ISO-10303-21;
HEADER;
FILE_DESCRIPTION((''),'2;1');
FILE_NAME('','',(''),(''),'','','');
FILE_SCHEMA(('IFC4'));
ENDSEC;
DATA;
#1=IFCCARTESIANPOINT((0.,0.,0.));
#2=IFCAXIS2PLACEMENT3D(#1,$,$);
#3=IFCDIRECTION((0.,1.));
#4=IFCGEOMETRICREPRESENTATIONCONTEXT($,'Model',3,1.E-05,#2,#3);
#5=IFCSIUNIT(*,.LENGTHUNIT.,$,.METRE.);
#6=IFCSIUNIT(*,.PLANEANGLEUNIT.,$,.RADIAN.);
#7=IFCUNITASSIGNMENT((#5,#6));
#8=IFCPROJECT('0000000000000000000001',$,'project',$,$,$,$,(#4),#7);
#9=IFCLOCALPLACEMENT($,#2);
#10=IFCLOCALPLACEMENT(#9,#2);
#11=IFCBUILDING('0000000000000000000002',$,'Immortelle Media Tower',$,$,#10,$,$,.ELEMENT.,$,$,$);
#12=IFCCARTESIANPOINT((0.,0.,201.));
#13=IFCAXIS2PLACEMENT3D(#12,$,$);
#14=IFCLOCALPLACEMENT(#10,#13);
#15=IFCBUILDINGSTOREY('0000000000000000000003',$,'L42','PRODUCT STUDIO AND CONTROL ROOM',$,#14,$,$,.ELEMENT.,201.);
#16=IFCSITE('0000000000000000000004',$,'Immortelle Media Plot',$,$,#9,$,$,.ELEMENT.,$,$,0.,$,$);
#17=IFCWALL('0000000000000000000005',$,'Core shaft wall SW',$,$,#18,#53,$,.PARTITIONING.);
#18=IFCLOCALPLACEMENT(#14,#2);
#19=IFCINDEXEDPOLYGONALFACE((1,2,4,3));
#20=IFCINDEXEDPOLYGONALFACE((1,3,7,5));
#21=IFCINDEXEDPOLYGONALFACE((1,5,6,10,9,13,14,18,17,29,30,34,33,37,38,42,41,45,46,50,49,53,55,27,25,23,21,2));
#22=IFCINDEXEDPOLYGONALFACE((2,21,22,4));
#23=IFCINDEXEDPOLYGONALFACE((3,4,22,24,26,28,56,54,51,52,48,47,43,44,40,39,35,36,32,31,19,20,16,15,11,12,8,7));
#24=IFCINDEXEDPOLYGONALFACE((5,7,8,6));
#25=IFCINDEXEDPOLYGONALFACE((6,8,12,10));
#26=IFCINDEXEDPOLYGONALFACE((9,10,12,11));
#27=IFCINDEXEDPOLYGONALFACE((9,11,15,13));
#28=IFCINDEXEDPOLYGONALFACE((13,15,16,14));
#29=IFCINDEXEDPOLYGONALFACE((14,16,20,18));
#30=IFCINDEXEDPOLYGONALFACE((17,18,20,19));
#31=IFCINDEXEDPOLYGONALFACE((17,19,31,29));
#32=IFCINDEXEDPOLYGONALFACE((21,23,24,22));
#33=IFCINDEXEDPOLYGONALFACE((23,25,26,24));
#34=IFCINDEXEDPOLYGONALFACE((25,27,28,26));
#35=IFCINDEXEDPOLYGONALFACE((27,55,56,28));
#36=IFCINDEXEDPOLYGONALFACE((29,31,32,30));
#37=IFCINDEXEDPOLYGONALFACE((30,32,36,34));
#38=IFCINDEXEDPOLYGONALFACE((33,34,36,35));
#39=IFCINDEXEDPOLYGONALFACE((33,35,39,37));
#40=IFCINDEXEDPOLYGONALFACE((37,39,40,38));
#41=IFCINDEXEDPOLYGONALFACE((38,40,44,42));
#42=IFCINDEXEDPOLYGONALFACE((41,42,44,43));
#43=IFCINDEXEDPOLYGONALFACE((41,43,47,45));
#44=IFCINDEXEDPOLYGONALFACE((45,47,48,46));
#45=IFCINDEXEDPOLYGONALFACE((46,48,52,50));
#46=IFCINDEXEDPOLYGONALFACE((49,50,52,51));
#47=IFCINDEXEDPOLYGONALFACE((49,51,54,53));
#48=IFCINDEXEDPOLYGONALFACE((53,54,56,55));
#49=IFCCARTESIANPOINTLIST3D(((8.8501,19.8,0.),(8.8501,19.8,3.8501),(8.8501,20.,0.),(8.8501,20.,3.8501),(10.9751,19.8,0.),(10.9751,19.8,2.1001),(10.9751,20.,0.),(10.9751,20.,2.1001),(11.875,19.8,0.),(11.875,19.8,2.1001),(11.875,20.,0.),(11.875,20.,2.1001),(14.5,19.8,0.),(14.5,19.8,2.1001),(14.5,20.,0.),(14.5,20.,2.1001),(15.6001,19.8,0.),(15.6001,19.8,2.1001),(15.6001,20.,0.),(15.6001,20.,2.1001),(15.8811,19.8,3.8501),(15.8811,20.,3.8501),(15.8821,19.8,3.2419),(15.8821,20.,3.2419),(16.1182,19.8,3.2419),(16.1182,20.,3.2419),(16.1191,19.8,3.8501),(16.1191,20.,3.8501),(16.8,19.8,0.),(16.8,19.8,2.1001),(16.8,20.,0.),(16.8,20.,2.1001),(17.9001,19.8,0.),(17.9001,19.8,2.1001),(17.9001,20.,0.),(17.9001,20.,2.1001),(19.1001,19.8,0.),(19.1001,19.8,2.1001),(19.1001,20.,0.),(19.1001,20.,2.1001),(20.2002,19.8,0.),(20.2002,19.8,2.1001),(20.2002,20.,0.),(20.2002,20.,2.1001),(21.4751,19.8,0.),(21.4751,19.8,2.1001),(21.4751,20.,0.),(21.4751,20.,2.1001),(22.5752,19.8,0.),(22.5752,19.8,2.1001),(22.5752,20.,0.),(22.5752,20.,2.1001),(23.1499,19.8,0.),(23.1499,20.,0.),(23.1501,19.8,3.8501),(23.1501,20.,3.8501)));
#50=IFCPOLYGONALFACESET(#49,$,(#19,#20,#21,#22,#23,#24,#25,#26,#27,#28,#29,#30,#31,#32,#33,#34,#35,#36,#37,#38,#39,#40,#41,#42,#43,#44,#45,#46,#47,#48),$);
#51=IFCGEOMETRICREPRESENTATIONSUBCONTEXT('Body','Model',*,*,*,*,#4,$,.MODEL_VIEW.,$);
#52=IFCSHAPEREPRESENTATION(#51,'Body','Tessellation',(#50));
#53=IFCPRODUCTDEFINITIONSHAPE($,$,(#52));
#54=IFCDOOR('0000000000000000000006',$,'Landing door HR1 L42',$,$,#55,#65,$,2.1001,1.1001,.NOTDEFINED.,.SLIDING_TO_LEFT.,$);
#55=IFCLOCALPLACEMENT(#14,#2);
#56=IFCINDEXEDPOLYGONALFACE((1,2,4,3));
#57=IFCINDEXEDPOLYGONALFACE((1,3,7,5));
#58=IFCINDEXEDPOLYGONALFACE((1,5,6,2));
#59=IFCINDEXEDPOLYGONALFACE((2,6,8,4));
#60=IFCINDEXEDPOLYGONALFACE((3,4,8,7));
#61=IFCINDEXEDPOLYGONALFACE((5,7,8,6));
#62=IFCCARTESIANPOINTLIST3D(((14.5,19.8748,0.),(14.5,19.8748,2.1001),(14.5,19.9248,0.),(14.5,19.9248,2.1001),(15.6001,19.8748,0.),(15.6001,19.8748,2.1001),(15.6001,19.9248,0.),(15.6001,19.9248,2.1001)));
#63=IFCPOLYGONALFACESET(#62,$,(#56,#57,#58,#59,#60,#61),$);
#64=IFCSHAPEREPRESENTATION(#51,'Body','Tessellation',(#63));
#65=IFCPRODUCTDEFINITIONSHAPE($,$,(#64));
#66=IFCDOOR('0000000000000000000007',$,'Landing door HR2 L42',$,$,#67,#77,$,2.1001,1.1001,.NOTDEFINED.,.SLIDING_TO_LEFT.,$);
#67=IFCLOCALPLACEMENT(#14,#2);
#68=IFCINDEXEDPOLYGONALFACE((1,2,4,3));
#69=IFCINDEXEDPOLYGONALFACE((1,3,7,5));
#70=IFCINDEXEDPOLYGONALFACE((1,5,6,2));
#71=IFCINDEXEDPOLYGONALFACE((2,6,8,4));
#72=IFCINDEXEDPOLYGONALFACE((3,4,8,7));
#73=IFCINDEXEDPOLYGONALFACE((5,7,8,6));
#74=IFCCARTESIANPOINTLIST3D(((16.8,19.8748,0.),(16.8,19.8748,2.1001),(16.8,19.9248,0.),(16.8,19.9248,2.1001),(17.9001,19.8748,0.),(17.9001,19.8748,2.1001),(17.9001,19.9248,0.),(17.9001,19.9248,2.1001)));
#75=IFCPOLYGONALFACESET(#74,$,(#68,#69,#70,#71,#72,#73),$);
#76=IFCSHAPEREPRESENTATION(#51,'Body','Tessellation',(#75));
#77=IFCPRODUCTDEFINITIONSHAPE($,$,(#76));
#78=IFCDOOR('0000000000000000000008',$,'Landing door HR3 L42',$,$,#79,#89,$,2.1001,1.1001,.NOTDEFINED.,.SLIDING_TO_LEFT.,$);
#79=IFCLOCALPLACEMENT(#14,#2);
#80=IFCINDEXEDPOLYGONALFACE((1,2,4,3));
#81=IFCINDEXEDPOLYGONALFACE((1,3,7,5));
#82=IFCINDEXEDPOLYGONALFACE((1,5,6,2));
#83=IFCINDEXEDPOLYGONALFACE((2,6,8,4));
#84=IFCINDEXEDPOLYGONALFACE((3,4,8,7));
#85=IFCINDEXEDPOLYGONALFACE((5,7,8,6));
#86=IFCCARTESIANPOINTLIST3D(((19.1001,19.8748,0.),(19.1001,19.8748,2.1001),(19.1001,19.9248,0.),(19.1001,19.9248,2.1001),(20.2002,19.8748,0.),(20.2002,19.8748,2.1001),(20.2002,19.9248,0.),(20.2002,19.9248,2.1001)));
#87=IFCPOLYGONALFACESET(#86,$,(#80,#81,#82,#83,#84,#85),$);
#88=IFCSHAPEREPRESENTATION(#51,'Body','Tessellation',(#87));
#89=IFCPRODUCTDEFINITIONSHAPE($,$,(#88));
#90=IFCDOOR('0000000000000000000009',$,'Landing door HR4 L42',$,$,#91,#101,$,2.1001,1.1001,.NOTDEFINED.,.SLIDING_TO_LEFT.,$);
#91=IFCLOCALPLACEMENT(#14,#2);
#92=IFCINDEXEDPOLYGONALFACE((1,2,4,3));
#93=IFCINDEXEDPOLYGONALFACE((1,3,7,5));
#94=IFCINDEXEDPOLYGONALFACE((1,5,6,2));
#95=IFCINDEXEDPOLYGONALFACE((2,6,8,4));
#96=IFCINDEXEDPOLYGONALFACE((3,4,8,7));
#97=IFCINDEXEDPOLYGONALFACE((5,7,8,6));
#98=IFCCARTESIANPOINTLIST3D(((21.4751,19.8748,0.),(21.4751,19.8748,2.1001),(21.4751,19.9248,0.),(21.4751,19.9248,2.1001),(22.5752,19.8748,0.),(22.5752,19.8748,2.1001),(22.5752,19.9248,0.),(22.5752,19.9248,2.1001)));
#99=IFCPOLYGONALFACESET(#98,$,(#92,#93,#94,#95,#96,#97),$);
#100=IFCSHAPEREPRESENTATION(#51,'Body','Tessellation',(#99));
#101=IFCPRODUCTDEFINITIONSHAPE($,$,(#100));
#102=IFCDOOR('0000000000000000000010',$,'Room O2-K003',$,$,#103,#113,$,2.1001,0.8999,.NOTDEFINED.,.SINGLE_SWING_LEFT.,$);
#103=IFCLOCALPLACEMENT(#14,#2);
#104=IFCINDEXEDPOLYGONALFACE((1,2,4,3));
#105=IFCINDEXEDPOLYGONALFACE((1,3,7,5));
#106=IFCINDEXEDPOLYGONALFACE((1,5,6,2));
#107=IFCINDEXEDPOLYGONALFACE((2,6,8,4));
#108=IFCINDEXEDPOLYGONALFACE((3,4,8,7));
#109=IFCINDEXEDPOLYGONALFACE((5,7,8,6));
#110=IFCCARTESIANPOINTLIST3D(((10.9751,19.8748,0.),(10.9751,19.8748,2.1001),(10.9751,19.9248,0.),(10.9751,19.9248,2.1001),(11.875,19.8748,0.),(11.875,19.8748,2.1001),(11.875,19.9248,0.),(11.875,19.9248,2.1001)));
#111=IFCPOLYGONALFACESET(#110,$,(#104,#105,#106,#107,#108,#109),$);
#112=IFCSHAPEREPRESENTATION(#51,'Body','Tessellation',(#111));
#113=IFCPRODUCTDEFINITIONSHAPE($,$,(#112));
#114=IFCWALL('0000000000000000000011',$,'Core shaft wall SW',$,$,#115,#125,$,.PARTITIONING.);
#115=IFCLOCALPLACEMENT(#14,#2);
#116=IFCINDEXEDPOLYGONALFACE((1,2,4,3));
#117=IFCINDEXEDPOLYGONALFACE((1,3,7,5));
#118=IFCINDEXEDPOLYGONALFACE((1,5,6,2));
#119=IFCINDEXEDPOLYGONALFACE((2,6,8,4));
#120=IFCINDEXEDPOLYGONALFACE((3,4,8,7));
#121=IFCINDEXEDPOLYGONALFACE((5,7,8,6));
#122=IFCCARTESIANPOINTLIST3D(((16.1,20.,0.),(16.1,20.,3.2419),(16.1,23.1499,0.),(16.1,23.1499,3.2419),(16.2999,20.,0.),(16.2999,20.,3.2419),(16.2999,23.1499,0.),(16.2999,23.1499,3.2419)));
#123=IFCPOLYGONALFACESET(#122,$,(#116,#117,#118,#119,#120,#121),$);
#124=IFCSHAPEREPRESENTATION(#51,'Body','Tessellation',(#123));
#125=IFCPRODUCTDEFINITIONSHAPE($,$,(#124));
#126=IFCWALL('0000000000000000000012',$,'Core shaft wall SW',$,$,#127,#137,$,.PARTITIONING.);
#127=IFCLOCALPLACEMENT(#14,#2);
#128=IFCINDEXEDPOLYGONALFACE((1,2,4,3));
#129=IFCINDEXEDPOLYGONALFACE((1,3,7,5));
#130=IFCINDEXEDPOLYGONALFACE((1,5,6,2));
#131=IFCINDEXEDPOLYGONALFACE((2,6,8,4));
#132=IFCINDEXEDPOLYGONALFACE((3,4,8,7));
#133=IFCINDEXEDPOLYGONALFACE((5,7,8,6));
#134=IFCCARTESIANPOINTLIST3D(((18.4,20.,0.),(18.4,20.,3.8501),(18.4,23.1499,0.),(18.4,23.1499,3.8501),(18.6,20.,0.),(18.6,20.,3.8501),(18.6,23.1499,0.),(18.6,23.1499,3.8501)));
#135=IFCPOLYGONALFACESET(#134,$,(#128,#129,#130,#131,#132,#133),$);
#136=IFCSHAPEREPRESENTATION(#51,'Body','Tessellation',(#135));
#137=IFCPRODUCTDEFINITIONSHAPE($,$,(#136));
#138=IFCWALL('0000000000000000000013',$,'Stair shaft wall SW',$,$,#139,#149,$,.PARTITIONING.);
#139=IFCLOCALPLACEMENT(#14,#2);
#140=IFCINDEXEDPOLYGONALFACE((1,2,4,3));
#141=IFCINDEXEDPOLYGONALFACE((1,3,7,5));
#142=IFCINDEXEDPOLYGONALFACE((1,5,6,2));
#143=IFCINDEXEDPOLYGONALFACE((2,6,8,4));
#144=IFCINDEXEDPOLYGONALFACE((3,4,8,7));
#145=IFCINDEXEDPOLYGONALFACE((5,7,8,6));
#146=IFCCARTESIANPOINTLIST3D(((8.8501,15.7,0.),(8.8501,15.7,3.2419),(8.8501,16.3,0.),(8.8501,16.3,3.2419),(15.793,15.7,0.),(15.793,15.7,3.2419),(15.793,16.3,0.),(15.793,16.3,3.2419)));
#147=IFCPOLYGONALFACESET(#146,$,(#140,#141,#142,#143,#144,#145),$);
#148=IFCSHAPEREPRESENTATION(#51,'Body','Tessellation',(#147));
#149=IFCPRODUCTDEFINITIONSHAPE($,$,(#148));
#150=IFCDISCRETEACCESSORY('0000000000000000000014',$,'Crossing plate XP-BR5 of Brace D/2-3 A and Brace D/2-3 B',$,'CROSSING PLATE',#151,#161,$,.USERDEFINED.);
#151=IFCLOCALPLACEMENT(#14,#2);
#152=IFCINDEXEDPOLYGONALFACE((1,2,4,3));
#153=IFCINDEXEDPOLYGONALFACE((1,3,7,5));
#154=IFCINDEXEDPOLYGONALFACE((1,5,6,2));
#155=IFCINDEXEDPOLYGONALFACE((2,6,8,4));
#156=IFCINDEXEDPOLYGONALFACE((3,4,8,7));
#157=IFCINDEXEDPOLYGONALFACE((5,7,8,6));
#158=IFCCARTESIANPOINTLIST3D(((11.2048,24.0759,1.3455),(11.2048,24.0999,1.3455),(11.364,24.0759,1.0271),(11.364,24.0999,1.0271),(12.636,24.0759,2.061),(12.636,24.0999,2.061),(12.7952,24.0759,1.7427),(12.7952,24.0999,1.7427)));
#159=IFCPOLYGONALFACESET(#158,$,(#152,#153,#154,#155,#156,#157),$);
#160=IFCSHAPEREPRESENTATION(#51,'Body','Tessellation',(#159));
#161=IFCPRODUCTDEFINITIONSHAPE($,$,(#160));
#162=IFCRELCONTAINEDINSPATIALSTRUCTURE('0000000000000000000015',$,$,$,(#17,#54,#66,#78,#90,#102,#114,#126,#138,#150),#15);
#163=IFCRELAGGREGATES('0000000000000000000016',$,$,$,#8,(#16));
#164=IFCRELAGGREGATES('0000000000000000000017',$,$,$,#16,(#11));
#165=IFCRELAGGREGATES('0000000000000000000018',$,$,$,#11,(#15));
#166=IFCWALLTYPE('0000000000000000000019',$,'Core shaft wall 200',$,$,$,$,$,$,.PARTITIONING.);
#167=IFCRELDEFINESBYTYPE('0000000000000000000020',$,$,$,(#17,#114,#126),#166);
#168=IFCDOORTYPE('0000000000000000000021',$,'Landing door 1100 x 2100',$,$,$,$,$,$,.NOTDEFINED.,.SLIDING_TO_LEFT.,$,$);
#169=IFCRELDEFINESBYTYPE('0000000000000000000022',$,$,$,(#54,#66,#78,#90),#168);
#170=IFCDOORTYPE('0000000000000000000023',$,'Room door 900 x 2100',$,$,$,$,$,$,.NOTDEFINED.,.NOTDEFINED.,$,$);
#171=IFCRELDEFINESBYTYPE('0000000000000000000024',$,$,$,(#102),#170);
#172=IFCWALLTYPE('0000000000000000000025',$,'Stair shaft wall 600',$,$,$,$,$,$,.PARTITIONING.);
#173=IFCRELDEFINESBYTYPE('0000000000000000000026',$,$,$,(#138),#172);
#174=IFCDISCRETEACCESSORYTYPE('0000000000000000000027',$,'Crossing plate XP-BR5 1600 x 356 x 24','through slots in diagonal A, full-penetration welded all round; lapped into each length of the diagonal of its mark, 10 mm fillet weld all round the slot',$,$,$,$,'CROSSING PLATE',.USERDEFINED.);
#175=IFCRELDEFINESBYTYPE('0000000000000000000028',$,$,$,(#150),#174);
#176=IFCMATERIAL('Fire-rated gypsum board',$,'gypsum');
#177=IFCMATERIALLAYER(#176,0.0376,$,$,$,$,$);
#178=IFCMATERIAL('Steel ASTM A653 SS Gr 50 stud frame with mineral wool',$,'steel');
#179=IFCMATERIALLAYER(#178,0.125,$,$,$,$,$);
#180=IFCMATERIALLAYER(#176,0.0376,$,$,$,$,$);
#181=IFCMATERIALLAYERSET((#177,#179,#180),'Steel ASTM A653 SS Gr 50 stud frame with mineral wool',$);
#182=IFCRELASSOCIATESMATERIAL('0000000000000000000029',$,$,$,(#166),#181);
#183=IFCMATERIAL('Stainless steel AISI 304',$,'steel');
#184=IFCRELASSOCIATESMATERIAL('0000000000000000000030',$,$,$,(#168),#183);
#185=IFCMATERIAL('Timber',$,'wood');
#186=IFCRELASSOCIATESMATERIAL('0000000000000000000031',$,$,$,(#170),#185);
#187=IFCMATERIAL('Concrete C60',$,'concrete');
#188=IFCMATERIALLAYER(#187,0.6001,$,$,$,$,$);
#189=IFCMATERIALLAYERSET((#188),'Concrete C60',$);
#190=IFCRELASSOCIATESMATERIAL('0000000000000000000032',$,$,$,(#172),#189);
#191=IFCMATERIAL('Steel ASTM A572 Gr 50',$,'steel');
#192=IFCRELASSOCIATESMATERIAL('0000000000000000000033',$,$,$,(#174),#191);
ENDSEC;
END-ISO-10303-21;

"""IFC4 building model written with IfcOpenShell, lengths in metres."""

from ifc_helpers import new_model, si_unit, direction, frame, frame_2d, origin, origin_2d, place, context, subcontext, project, spatial, polyline, rectangle, outline, extrude, material, layer, layer_set, material_profile, profile_set, type_object, element, fill, save


model = new_model("IFC4")

# Units and contexts
model_context = context("Model", 3, precision=1e-05, world=origin(), true_north=direction((0.0, 1.0)))
body_context = subcontext(model_context, "Body", "Model", "MODEL_VIEW")
ifc_project = project(units=[si_unit("LENGTHUNIT", "METRE"), si_unit("PLANEANGLEUNIT", "RADIAN")], contexts=[model_context])

# Site, building, storey
site_placement = place(None, origin())
site = spatial("IfcSite", under=ifc_project, at=site_placement, Name="Immortelle Media Plot", CompositionType="ELEMENT", RefElevation=0.0)
building_placement = place(site_placement, origin())
building = spatial("IfcBuilding", under=site, at=building_placement, Name="Immortelle Media Tower", CompositionType="ELEMENT")
storey_placement = place(building_placement, frame((0.0, 0.0, 201.0)))
storey = spatial("IfcBuildingStorey", under=building, at=storey_placement, Name="L42", Description="PRODUCT STUDIO AND CONTROL ROOM", CompositionType="ELEMENT", Elevation=201.0)

# Shared definitions
ifc_material_1 = material(Name="Timber", Category="wood")

# Shared definitions
ifc_material_2 = material(Name="Fire-rated gypsum board", Category="gypsum")
ifc_material_3 = material(Name="Steel ASTM A653 SS Gr 50 stud frame with mineral wool", Category="steel")

# Wall, openings, doors
ifc_layer_1 = layer(ifc_material_2, 0.0376)
ifc_layer_2 = layer(ifc_material_3, 0.125)
ifc_layer_3 = layer(ifc_material_2, 0.0376)
ifc_layer_set_1 = layer_set([ifc_layer_1, ifc_layer_2, ifc_layer_3], Name="Steel ASTM A653 SS Gr 50 stud frame with mineral wool")
wall_type_1 = type_object("IfcWallType", Name="Core shaft wall 200", PredefinedType="PARTITIONING", material=ifc_layer_set_1)
wall_1_placement = place(storey_placement, frame((8.8501, 19.8999, 0.0), z_axis=(0.0, 0.0, 1.0), x_axis=(1.0, 0.0, 0.0)))
wall_1 = element("IfcWall", 1, at=wall_1_placement, inside=storey, type_object=wall_type_1, Name="Core shaft wall SW", PredefinedType="PARTITIONING", context=body_context, shape_type="SweptSolid", body=[
    extrude(outline(polyline([(0.0, 0.0), (14.2998, 0.0), (14.3, 3.8501), (7.269, 3.8501), (7.2681, 3.2419), (7.032, 3.2419), (7.031, 3.8501), (0.0, 3.8501), (0.0, 0.0)])), frame((0.0, 0.1001, 0.0), z_axis=(0.0, -1.0, 0.0), x_axis=(1.0, 0.0, 0.0)), (0.0, 0.0, 1.0), 0.2),
])
opening_1_placement = place(wall_1_placement, frame((2.125, 0.0, 0.0)))
opening_1 = element("IfcOpeningElement", 2, at=opening_1_placement, cuts=wall_1, PredefinedType="OPENING", context=body_context, shape_type="SweptSolid", body=[
    extrude(rectangle(XDim=0.8999, YDim=2.1001, at=frame_2d((0.45, 1.05))), frame((0.0, 0.1099, 0.0), z_axis=(0.0, -1.0, 0.0), x_axis=(1.0, 0.0, 0.0)), (0.0, 0.0, 1.0), 0.22),
])
opening_2_placement = place(wall_1_placement, frame((5.6499, 0.0, 0.0)))
opening_2 = element("IfcOpeningElement", 3, at=opening_2_placement, cuts=wall_1, PredefinedType="OPENING", context=body_context, shape_type="SweptSolid", body=[
    extrude(rectangle(XDim=1.1001, YDim=2.1001, at=frame_2d((0.55, 1.05))), frame((0.0, 0.1099, 0.0), z_axis=(0.0, -1.0, 0.0), x_axis=(1.0, 0.0, 0.0)), (0.0, 0.0, 1.0), 0.22),
])
opening_3_placement = place(wall_1_placement, frame((7.95, 0.0, 0.0)))
opening_3 = element("IfcOpeningElement", 4, at=opening_3_placement, cuts=wall_1, PredefinedType="OPENING", context=body_context, shape_type="SweptSolid", body=[
    extrude(rectangle(XDim=1.1001, YDim=2.1001, at=frame_2d((0.55, 1.05))), frame((0.0, 0.1099, 0.0), z_axis=(0.0, -1.0, 0.0), x_axis=(1.0, 0.0, 0.0)), (0.0, 0.0, 1.0), 0.22),
])
opening_4_placement = place(wall_1_placement, frame((10.25, 0.0, 0.0)))
opening_4 = element("IfcOpeningElement", 5, at=opening_4_placement, cuts=wall_1, PredefinedType="OPENING", context=body_context, shape_type="SweptSolid", body=[
    extrude(rectangle(XDim=1.1001, YDim=2.1001, at=frame_2d((0.55, 1.05))), frame((0.0, 0.1099, 0.0), z_axis=(0.0, -1.0, 0.0), x_axis=(1.0, 0.0, 0.0)), (0.0, 0.0, 1.0), 0.22),
])
opening_5_placement = place(wall_1_placement, frame((12.625, 0.0, 0.0)))
opening_5 = element("IfcOpeningElement", 6, at=opening_5_placement, cuts=wall_1, PredefinedType="OPENING", context=body_context, shape_type="SweptSolid", body=[
    extrude(rectangle(XDim=1.1001, YDim=2.1001, at=frame_2d((0.55, 1.05))), frame((0.0, 0.1099, 0.0), z_axis=(0.0, -1.0, 0.0), x_axis=(1.0, 0.0, 0.0)), (0.0, 0.0, 1.0), 0.22),
])
ifc_material_4 = material(Name="Stainless steel AISI 304", Category="steel")
door_type_1 = type_object("IfcDoorType", Name="Landing door 1100 x 2100", OperationType="SLIDING_TO_LEFT", PredefinedType="NOTDEFINED", material=ifc_material_4)
door_1_placement = place(opening_2_placement, origin())
door_1 = element("IfcDoor", 7, at=door_1_placement, inside=storey, type_object=door_type_1, Name="Landing door HR1 L42", OperationType="SLIDING_TO_LEFT", OverallHeight=2.1001, OverallWidth=1.1001, PredefinedType="NOTDEFINED", context=body_context, shape_type="SweptSolid", body=[
    extrude(rectangle(XDim=1.1001, YDim=2.1001, at=frame_2d((0.55, 1.05))), frame((0.0, 0.0249, 0.0), z_axis=(0.0, -1.0, 0.0), x_axis=(1.0, 0.0, 0.0)), (0.0, 0.0, 1.0), 0.05),
])
fill(opening_2, door_1)
door_2_placement = place(opening_3_placement, origin())
door_2 = element("IfcDoor", 8, at=door_2_placement, inside=storey, type_object=door_type_1, Name="Landing door HR2 L42", OperationType="SLIDING_TO_LEFT", OverallHeight=2.1001, OverallWidth=1.1001, PredefinedType="NOTDEFINED", context=body_context, shape_type="SweptSolid", body=[
    extrude(rectangle(XDim=1.1001, YDim=2.1001, at=frame_2d((0.55, 1.05))), frame((0.0, 0.0249, 0.0), z_axis=(0.0, -1.0, 0.0), x_axis=(1.0, 0.0, 0.0)), (0.0, 0.0, 1.0), 0.05),
])
fill(opening_3, door_2)
door_3_placement = place(opening_4_placement, origin())
door_3 = element("IfcDoor", 9, at=door_3_placement, inside=storey, type_object=door_type_1, Name="Landing door HR3 L42", OperationType="SLIDING_TO_LEFT", OverallHeight=2.1001, OverallWidth=1.1001, PredefinedType="NOTDEFINED", context=body_context, shape_type="SweptSolid", body=[
    extrude(rectangle(XDim=1.1001, YDim=2.1001, at=frame_2d((0.55, 1.05))), frame((0.0, 0.0249, 0.0), z_axis=(0.0, -1.0, 0.0), x_axis=(1.0, 0.0, 0.0)), (0.0, 0.0, 1.0), 0.05),
])
fill(opening_4, door_3)
door_4_placement = place(opening_5_placement, origin())
door_4 = element("IfcDoor", 10, at=door_4_placement, inside=storey, type_object=door_type_1, Name="Landing door HR4 L42", OperationType="SLIDING_TO_LEFT", OverallHeight=2.1001, OverallWidth=1.1001, PredefinedType="NOTDEFINED", context=body_context, shape_type="SweptSolid", body=[
    extrude(rectangle(XDim=1.1001, YDim=2.1001, at=frame_2d((0.55, 1.05))), frame((0.0, 0.0249, 0.0), z_axis=(0.0, -1.0, 0.0), x_axis=(1.0, 0.0, 0.0)), (0.0, 0.0, 1.0), 0.05),
])
fill(opening_5, door_4)
door_type_2 = type_object("IfcDoorType", Name="Room door 900 x 2100", OperationType="NOTDEFINED", PredefinedType="NOTDEFINED", material=ifc_material_1)
door_5_placement = place(opening_1_placement, origin())
door_5 = element("IfcDoor", 11, at=door_5_placement, inside=storey, type_object=door_type_2, Name="Room O2-K003", OperationType="SINGLE_SWING_LEFT", OverallHeight=2.1001, OverallWidth=0.8999, PredefinedType="NOTDEFINED", context=body_context, shape_type="SweptSolid", body=[
    extrude(rectangle(XDim=0.8999, YDim=2.1001, at=frame_2d((0.45, 1.05))), frame((0.0, 0.0249, 0.0), z_axis=(0.0, -1.0, 0.0), x_axis=(1.0, 0.0, 0.0)), (0.0, 0.0, 1.0), 0.05),
])
fill(opening_1, door_5)

# Walls
wall_2_placement = place(storey_placement, frame((16.2, 20.0, 0.0), z_axis=(0.0, 0.0, 1.0), x_axis=(0.0, 1.0, 0.0)))
element("IfcWall", 12, at=wall_2_placement, inside=storey, type_object=wall_type_1, Name="Core shaft wall SW", PredefinedType="PARTITIONING", context=body_context, shape_type="SweptSolid", body=[
    extrude(rectangle(XDim=3.1499, YDim=0.2, at=frame_2d((1.575, 0.0))), origin(), (0.0, 0.0, 1.0), 3.2419),
])
wall_3_placement = place(storey_placement, frame((18.5, 20.0, 0.0), z_axis=(0.0, 0.0, 1.0), x_axis=(0.0, 1.0, 0.0)))
element("IfcWall", 13, at=wall_3_placement, inside=storey, type_object=wall_type_1, Name="Core shaft wall SW", PredefinedType="PARTITIONING", context=body_context, shape_type="SweptSolid", body=[
    extrude(rectangle(XDim=3.1499, YDim=0.2, at=frame_2d((1.575, 0.0))), origin(), (0.0, 0.0, 1.0), 3.8501),
])
ifc_material_5 = material(Name="Concrete C60", Category="concrete")
ifc_layer_4 = layer(ifc_material_5, 0.6001)
ifc_layer_set_2 = layer_set([ifc_layer_4], Name="Concrete C60")
wall_type_2 = type_object("IfcWallType", Name="Stair shaft wall 600", PredefinedType="PARTITIONING", material=ifc_layer_set_2)
wall_4_placement = place(storey_placement, frame((8.8501, 16.0, 0.0), z_axis=(0.0, 0.0, 1.0), x_axis=(1.0, 0.0, 0.0)))
element("IfcWall", 14, at=wall_4_placement, inside=storey, type_object=wall_type_2, Name="Stair shaft wall SW", PredefinedType="PARTITIONING", context=body_context, shape_type="SweptSolid", body=[
    extrude(rectangle(XDim=6.9429, YDim=0.6001, at=frame_2d((3.4714, 0.0))), origin(), (0.0, 0.0, 1.0), 3.2419),
])

# Discrete accessory
ifc_material_6 = material(Name="Steel ASTM A572 Gr 50", Category="steel")
ifc_material_profile_1 = material_profile(ifc_material_6, rectangle(XDim=0.0239, YDim=0.356, at=origin_2d()), Name="PL 24 x 356")
ifc_profile_set_1 = profile_set([ifc_material_profile_1], Name="Steel ASTM A572 Gr 50")
discrete_accessory_type_1 = type_object("IfcDiscreteAccessoryType", Name="Crossing plate XP-BR5 1600 x 356 x 24", Description="through slots in diagonal A, full-penetration welded all round; lapped into each length of the diagonal of its mark, 10 mm fillet weld all round the slot", ElementType="CROSSING PLATE", PredefinedType="USERDEFINED", material=ifc_profile_set_1)
discrete_accessory_placement = place(storey_placement, frame((12.7156, 24.0879, 1.9019), z_axis=(-0.894427, 0.0, -0.447214), x_axis=(0.0, -1.0, 0.0)))
element("IfcDiscreteAccessory", 15, at=discrete_accessory_placement, inside=storey, type_object=discrete_accessory_type_1, Name="Crossing plate XP-BR5 of Brace D/2-3 A and Brace D/2-3 B", ObjectType="CROSSING PLATE", PredefinedType="USERDEFINED", context=body_context, shape_type="SweptSolid", body=[
    extrude(rectangle(XDim=0.0239, YDim=0.356, at=origin_2d()), origin(), (0.0, 0.0, 1.0), 1.6001),
])

save(model, "model.ifc")
